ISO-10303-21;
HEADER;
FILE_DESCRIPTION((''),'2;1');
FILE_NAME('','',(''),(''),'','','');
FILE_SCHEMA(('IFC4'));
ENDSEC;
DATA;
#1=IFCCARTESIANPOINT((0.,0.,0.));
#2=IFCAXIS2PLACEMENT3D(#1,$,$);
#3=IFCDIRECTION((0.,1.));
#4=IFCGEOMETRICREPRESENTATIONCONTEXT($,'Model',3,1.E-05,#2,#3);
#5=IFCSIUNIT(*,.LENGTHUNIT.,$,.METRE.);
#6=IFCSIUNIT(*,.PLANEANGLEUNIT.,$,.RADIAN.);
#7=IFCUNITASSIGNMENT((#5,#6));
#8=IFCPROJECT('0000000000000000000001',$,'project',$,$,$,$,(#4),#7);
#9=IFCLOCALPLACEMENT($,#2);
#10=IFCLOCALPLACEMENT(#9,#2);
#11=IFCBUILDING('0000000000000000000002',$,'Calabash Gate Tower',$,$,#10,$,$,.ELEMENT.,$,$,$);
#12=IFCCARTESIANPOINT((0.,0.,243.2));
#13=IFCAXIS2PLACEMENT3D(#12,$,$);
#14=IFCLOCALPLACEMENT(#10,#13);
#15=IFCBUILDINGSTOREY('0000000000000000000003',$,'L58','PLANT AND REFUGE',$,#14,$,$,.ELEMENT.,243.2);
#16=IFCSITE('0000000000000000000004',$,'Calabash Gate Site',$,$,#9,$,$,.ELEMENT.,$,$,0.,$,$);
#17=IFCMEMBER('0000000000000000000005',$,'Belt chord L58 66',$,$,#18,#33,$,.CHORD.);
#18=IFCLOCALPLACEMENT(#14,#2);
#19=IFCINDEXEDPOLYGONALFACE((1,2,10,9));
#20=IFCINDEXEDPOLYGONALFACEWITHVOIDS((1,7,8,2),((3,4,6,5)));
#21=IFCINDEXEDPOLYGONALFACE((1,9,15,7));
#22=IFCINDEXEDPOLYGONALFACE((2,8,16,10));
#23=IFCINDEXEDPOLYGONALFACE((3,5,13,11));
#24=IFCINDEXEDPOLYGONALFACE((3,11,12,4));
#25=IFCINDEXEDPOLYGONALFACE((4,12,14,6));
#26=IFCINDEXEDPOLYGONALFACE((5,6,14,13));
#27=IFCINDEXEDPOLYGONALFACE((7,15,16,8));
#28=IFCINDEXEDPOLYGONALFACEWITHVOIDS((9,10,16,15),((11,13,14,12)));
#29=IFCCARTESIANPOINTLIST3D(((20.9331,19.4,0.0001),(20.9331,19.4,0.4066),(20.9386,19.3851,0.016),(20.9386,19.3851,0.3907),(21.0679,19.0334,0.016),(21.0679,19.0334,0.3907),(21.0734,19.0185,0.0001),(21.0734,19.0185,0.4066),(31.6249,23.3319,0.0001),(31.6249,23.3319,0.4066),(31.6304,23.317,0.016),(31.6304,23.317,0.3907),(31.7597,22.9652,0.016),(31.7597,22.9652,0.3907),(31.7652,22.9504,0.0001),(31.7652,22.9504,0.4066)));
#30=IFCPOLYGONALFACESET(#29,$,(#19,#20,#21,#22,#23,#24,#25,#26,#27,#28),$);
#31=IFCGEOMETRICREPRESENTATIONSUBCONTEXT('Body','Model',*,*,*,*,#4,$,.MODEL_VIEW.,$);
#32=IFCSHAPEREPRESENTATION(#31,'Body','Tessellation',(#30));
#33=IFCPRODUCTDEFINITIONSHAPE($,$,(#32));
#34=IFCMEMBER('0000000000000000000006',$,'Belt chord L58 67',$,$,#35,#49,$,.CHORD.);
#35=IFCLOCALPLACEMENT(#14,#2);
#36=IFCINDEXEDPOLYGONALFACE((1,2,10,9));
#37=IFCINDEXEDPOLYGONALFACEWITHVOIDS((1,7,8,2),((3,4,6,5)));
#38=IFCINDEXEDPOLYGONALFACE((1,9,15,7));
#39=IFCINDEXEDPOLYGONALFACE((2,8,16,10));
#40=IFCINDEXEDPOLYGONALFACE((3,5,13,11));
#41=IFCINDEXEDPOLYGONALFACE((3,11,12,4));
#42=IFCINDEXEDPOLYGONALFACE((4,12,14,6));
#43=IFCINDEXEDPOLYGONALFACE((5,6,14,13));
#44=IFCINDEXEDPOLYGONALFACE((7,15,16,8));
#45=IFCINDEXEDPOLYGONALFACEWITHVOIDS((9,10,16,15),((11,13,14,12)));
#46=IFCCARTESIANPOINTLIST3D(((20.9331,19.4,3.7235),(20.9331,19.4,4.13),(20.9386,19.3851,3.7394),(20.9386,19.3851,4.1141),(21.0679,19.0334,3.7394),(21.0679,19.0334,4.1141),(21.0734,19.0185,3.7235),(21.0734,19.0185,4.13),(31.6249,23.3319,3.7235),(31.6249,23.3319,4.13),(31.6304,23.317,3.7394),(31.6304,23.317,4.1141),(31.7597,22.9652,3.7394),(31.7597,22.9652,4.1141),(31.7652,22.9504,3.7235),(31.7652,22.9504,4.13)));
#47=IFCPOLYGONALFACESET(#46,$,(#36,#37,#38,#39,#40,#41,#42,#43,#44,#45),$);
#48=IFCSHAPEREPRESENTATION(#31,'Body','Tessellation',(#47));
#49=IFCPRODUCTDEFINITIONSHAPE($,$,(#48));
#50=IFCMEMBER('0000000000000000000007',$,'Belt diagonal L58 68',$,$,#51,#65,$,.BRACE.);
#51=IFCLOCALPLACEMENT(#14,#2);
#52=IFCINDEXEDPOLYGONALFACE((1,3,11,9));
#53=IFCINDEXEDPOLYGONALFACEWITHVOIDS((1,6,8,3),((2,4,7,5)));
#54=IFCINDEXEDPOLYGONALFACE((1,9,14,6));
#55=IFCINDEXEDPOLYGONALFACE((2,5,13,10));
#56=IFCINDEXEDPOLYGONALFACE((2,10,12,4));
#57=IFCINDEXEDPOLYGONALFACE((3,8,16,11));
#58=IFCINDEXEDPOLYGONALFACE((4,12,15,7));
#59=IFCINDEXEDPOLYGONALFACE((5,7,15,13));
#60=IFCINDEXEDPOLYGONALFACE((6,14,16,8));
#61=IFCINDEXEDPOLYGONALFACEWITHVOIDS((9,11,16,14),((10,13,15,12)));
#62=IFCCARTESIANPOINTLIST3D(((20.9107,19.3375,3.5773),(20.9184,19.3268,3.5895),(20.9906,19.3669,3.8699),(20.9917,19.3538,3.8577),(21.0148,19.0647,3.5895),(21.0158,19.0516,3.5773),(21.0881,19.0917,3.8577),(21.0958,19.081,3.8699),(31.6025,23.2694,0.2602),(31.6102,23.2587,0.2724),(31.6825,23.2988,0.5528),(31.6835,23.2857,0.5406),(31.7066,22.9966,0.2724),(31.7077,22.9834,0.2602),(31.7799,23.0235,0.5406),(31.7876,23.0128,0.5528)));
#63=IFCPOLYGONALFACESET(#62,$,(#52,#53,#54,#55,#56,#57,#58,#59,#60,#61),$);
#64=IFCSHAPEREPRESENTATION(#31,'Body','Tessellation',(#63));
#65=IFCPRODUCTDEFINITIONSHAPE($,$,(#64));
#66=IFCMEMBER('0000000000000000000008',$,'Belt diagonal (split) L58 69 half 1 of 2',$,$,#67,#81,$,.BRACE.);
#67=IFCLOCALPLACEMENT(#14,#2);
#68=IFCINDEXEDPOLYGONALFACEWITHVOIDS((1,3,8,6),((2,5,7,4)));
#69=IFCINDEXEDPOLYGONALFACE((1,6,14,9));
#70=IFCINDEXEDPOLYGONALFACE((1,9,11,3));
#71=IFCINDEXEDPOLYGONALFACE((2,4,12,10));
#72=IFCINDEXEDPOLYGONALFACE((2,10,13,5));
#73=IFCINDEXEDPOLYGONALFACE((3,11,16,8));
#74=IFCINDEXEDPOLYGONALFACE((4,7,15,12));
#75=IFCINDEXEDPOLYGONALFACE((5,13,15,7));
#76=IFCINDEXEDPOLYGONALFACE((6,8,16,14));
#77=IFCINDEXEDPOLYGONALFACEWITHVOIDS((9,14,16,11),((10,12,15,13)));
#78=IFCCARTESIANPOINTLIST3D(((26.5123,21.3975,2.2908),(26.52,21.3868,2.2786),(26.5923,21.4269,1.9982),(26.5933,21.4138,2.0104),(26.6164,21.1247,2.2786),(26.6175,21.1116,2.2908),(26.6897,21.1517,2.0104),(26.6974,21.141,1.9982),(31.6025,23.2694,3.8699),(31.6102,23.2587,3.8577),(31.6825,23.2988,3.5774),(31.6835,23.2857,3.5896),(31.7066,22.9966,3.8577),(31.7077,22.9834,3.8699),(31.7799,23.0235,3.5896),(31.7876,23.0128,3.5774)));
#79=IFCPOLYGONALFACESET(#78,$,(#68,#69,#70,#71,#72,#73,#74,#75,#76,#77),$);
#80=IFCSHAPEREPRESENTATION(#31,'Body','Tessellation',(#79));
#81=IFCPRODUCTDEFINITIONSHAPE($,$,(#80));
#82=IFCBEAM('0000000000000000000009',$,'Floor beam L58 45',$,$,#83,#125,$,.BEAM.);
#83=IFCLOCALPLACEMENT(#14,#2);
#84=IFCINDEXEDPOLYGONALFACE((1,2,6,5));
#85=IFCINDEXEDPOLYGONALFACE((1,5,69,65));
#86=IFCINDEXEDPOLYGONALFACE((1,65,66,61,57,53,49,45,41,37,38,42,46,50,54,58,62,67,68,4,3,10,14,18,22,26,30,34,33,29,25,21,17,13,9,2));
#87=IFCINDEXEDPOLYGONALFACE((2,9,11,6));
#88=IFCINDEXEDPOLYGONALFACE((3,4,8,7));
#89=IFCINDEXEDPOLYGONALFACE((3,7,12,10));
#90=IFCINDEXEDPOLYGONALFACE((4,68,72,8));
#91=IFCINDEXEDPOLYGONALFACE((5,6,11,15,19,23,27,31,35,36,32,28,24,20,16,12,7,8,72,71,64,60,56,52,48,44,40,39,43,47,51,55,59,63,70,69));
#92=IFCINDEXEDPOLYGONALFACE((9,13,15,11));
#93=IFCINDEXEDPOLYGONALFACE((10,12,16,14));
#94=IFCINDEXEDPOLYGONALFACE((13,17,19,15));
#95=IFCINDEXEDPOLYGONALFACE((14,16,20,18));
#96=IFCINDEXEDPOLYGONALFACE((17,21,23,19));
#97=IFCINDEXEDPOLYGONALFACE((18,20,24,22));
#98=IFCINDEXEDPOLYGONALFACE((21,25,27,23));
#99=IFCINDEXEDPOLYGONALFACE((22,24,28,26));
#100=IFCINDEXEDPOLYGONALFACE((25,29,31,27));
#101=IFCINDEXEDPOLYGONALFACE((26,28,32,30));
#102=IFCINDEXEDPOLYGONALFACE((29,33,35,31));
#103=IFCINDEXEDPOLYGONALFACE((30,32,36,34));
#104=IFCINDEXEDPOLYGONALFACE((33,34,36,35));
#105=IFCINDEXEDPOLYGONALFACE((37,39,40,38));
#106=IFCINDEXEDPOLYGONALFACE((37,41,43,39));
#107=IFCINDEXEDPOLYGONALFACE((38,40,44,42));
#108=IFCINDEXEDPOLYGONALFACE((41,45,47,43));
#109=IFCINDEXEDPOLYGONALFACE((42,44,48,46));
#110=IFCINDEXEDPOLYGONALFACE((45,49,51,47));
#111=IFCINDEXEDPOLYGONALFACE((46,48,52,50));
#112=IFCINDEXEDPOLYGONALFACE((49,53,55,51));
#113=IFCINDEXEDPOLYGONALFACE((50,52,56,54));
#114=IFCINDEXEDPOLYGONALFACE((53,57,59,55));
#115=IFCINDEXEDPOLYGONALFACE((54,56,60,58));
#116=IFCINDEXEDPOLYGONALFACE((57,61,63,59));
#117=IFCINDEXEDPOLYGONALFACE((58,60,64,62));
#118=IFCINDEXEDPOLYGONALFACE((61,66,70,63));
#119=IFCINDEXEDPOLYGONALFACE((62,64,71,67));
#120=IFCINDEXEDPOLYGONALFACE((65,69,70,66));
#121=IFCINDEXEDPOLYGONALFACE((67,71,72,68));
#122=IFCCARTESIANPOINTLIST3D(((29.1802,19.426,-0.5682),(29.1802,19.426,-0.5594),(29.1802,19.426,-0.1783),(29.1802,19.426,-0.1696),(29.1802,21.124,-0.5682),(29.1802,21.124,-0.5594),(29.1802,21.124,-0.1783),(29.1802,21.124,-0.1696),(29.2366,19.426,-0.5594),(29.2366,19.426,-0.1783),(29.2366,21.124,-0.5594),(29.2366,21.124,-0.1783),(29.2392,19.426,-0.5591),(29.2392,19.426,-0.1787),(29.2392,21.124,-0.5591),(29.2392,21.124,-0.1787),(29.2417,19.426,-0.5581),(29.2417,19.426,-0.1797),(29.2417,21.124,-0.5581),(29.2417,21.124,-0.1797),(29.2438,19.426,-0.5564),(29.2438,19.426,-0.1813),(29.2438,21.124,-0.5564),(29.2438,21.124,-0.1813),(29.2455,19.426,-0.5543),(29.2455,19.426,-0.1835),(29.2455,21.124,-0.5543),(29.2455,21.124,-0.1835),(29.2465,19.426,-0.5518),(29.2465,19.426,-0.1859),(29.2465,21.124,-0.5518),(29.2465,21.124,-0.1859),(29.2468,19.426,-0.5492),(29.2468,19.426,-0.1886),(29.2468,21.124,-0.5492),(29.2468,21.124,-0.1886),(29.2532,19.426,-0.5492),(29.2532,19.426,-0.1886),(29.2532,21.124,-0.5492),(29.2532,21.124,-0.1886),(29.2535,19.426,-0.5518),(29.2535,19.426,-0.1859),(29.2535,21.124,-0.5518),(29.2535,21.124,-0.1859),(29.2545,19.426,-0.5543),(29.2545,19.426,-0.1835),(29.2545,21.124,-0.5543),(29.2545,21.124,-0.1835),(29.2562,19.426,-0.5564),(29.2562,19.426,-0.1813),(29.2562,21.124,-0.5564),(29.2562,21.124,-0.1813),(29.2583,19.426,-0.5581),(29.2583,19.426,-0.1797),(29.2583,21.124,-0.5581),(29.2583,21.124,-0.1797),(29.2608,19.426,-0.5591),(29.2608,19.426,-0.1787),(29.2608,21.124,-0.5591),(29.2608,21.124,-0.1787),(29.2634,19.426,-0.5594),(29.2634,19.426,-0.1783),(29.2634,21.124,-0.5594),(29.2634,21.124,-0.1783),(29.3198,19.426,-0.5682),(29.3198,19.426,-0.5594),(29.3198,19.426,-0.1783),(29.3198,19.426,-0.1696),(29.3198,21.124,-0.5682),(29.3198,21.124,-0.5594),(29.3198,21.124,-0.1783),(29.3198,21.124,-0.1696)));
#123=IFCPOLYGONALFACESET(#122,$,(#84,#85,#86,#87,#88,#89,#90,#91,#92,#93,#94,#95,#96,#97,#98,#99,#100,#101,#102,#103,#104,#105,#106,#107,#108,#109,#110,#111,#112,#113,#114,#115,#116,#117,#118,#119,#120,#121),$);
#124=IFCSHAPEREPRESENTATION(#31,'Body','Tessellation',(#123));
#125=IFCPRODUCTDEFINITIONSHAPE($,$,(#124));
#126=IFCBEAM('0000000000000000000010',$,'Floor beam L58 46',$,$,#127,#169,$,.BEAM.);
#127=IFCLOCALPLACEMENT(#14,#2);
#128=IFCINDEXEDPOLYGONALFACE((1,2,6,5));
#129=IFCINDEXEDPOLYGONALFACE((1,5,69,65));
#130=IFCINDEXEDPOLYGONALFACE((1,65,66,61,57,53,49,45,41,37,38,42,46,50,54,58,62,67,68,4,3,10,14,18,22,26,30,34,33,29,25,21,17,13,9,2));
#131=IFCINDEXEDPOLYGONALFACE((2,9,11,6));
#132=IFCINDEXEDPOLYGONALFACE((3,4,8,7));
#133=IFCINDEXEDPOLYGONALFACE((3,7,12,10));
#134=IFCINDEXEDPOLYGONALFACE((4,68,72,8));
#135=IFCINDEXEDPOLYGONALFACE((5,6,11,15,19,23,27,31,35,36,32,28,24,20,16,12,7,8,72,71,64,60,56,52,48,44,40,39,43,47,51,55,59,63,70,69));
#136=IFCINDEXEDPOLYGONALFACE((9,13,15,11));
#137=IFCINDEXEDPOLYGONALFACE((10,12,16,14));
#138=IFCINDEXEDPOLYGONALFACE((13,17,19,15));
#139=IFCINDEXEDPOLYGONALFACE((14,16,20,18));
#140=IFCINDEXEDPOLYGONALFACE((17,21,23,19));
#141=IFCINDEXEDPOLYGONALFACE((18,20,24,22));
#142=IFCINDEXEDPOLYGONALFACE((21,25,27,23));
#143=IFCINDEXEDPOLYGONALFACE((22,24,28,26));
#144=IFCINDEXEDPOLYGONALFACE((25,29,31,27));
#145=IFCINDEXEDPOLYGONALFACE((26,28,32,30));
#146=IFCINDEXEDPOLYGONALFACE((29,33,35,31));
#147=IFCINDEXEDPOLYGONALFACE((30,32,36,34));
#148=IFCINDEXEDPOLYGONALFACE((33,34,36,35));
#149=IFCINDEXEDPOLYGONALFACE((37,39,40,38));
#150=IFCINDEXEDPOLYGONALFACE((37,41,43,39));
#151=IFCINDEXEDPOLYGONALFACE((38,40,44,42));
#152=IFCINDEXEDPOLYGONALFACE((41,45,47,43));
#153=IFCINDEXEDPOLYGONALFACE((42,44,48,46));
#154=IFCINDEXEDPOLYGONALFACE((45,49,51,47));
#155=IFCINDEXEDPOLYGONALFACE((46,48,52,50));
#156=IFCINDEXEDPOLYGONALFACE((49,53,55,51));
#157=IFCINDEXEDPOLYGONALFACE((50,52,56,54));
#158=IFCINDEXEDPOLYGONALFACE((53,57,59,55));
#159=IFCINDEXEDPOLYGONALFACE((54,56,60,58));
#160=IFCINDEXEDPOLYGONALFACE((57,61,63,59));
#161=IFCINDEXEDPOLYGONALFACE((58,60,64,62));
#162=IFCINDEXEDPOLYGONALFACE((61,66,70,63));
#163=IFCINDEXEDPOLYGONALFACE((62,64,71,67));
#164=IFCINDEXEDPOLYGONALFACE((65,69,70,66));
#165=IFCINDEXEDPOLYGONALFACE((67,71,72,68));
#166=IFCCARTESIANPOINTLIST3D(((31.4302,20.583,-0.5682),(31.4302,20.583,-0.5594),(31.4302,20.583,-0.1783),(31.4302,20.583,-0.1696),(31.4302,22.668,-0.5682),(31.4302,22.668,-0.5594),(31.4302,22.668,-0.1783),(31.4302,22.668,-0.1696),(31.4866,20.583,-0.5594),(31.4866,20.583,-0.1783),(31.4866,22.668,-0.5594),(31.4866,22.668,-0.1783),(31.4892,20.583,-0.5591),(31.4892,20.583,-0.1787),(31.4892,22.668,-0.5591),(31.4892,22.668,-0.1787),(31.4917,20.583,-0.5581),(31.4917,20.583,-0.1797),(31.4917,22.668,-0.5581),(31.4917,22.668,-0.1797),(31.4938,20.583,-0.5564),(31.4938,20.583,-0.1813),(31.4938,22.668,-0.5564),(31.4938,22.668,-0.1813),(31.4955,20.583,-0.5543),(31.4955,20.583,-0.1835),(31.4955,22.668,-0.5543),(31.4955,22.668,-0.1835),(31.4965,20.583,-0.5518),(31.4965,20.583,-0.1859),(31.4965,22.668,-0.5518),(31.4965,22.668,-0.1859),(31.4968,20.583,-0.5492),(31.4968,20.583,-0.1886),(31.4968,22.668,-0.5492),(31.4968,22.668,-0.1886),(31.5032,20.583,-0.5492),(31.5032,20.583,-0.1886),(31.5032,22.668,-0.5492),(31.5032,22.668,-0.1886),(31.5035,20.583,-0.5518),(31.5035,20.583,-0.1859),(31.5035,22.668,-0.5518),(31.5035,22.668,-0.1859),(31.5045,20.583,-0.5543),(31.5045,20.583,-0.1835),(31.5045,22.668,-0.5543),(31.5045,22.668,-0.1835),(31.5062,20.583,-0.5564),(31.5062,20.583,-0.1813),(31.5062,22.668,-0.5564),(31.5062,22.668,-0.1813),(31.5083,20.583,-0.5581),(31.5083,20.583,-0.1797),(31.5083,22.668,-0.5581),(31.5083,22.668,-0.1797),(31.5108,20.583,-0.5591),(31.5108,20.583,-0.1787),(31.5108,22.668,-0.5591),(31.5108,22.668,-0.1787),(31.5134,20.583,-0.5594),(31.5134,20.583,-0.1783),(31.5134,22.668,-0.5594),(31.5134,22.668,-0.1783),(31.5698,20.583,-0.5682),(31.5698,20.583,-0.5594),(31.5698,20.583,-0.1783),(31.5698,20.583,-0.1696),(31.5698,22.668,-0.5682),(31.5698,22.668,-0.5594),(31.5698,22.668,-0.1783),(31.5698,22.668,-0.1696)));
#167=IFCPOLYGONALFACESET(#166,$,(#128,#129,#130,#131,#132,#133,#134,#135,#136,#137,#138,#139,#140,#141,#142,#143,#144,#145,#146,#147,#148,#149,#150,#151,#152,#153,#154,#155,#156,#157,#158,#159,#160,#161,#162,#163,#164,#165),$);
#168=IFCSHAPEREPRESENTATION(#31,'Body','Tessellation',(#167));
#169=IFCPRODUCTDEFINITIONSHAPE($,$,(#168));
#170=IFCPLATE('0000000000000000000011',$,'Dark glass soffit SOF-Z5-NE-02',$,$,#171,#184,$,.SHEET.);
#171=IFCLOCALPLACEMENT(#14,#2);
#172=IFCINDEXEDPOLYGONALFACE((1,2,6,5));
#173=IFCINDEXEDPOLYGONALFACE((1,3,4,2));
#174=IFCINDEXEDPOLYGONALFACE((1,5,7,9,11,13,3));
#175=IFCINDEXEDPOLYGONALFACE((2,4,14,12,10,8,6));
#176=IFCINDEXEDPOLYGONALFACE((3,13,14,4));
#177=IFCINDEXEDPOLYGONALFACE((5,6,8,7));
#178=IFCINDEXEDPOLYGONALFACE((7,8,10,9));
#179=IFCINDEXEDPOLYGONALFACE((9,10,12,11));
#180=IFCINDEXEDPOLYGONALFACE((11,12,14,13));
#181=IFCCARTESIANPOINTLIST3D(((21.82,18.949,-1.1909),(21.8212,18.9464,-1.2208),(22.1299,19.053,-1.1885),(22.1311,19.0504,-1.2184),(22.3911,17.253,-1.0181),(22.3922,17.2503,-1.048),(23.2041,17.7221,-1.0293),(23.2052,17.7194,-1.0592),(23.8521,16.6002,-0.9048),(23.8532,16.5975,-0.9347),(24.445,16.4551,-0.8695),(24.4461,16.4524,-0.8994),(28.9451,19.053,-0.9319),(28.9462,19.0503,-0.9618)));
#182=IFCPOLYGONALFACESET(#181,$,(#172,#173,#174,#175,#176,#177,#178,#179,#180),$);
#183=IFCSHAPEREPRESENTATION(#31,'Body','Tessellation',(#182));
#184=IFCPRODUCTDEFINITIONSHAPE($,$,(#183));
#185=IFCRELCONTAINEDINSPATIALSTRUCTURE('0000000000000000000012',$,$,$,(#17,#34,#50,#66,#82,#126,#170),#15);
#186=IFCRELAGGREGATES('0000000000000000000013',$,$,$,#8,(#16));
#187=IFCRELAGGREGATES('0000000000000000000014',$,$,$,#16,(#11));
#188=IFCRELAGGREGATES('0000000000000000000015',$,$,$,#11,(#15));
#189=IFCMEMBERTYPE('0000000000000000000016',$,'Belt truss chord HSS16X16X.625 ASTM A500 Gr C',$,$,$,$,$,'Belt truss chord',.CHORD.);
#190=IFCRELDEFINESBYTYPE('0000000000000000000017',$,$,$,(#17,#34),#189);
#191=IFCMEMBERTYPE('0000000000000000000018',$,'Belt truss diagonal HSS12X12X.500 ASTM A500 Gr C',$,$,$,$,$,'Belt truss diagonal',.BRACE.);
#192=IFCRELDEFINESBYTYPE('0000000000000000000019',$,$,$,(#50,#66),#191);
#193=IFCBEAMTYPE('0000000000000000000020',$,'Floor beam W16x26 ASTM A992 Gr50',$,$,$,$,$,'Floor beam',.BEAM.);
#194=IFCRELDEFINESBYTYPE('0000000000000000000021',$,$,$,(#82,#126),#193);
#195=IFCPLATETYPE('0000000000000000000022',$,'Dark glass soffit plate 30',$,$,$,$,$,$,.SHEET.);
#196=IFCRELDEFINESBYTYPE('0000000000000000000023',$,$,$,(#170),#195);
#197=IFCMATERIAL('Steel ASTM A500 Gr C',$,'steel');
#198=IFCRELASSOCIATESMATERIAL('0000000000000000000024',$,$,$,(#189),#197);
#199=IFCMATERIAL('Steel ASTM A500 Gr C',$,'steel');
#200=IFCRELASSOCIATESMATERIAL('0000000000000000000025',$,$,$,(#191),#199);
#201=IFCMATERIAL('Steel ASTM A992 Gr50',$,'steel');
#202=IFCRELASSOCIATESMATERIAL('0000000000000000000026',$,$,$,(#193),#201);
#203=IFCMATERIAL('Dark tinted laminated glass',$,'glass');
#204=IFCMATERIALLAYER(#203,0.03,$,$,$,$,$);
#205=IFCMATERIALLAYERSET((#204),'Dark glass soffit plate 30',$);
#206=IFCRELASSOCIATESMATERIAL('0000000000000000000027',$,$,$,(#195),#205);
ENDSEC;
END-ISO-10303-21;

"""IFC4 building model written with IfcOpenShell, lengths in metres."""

from ifc_helpers import new_model, si_unit, direction, frame, origin, origin_2d, place, context, subcontext, project, spatial, polyline, hollow_rectangle, i_section, outline, extrude, material, layer, layer_set, material_profile, profile_set, type_object, element, save


model = new_model("IFC4")

# Units and contexts
model_context = context("Model", 3, precision=1e-05, world=origin(), true_north=direction((0.0, 1.0)))
body_context = subcontext(model_context, "Body", "Model", "MODEL_VIEW")
ifc_project = project(units=[si_unit("LENGTHUNIT", "METRE"), si_unit("PLANEANGLEUNIT", "RADIAN")], contexts=[model_context])

# Site, building, storey
site_placement = place(None, origin())
site = spatial("IfcSite", under=ifc_project, at=site_placement, Name="Calabash Gate Site", CompositionType="ELEMENT", RefElevation=0.0)
building_placement = place(site_placement, origin())
building = spatial("IfcBuilding", under=site, at=building_placement, Name="Calabash Gate Tower", CompositionType="ELEMENT")
storey_placement = place(building_placement, frame((0.0, 0.0, 243.2)))
storey = spatial("IfcBuildingStorey", under=building, at=storey_placement, Name="L58", Description="PLANT AND REFUGE", CompositionType="ELEMENT", Elevation=243.2)

# Members
ifc_material_1 = material(Name="Steel ASTM A500 Gr C", Category="steel")
ifc_material_profile_1 = material_profile(ifc_material_1, hollow_rectangle(XDim=0.4065, YDim=0.4065, WallThickness=0.0159, at=origin_2d()))
ifc_profile_set_1 = profile_set([ifc_material_profile_1], Name="Steel ASTM A500 Gr C")
member_type_1 = type_object("IfcMemberType", Name="Belt truss chord HSS16X16X.625 ASTM A500 Gr C", ElementType="Belt truss chord", PredefinedType="CHORD", material=ifc_profile_set_1)
for number, where, z_axis, x_axis, name in (
    (1, (31.6951, 23.1411, 0.2034), (-0.938549, -0.345146, 0.0), (0.345146, -0.938549, 0.0), "Belt chord L58 66"),
    (2, (31.6951, 23.1411, 3.9268), (-0.938549, -0.345146, 0.0), (0.345146, -0.938549, 0.0), "Belt chord L58 67"),
):
    element("IfcMember", number, at=place(storey_placement, frame(where, z_axis=z_axis, x_axis=x_axis)), inside=storey, type_object=member_type_1, Name=name, PredefinedType="CHORD", context=body_context, shape_type="SweptSolid", body=[
        extrude(hollow_rectangle(XDim=0.4065, YDim=0.4065, WallThickness=0.0159, at=origin_2d()), origin(), (0.0, 0.0, 1.0), 11.3918),
    ])
ifc_material_2 = material(Name="Steel ASTM A500 Gr C", Category="steel")
ifc_material_profile_2 = material_profile(ifc_material_2, hollow_rectangle(XDim=0.3047, YDim=0.3047, WallThickness=0.0127, at=origin_2d()))
ifc_profile_set_2 = profile_set([ifc_material_profile_2], Name="Steel ASTM A500 Gr C")
member_type_2 = type_object("IfcMemberType", Name="Belt truss diagonal HSS12X12X.500 ASTM A500 Gr C", ElementType="Belt truss diagonal", PredefinedType="BRACE", material=ifc_profile_set_2)
member_1_placement = place(storey_placement, frame((31.6951, 23.1411, 0.4065), z_axis=(-0.901124, -0.331383, 0.279572), x_axis=(0.345146, -0.938549, 0.0)))
element("IfcMember", 3, at=member_1_placement, inside=storey, type_object=member_type_2, Name="Belt diagonal L58 68", PredefinedType="BRACE", context=body_context, shape_type="SweptSolid", body=[
    extrude(hollow_rectangle(XDim=0.3047, YDim=0.3047, WallThickness=0.0127, at=origin_2d()), origin(), (0.0, 0.0, 1.0), 11.865),
])
member_2_placement = place(storey_placement, frame((31.6951, 23.1411, 3.7236), z_axis=(-0.901129, -0.331381, -0.279558), x_axis=(0.345142, -0.93855, 0.0)))
element("IfcMember", 4, at=member_2_placement, inside=storey, type_object=member_type_2, Name="Belt diagonal (split) L58 69 half 1 of 2", PredefinedType="BRACE", context=body_context, shape_type="SweptSolid", body=[
    extrude(hollow_rectangle(XDim=0.3047, YDim=0.3047, WallThickness=0.0127, at=origin_2d()), origin(), (0.0, 0.0, 1.0), 5.6487),
])

# Beams
ifc_material_3 = material(Name="Steel ASTM A992 Gr50", Category="steel")
ifc_material_profile_3 = material_profile(ifc_material_3, i_section(OverallWidth=0.1396, OverallDepth=0.3987, WebThickness=0.0063, FlangeThickness=0.0088, FilletRadius=0.0103, at=origin_2d()))
ifc_profile_set_3 = profile_set([ifc_material_profile_3], Name="Steel ASTM A992 Gr50")
beam_type = type_object("IfcBeamType", Name="Floor beam W16x26 ASTM A992 Gr50", ElementType="Floor beam", PredefinedType="BEAM", material=ifc_profile_set_3)
beam_1_placement = place(storey_placement, frame((29.25, 19.426, -0.3689), z_axis=(0.0, 1.0, 0.0), x_axis=(-1.0, 0.0, 0.0)))
element("IfcBeam", 5, at=beam_1_placement, inside=storey, type_object=beam_type, Name="Floor beam L58 45", PredefinedType="BEAM", context=body_context, shape_type="SweptSolid", body=[
    extrude(i_section(OverallWidth=0.1396, OverallDepth=0.3987, WebThickness=0.0063, FlangeThickness=0.0088, FilletRadius=0.0103, at=origin_2d()), origin(), (0.0, 0.0, 1.0), 1.698),
])
beam_2_placement = place(storey_placement, frame((31.5, 20.583, -0.3689), z_axis=(0.0, 1.0, 0.0), x_axis=(-1.0, 0.0, 0.0)))
element("IfcBeam", 6, at=beam_2_placement, inside=storey, type_object=beam_type, Name="Floor beam L58 46", PredefinedType="BEAM", context=body_context, shape_type="SweptSolid", body=[
    extrude(i_section(OverallWidth=0.1396, OverallDepth=0.3987, WebThickness=0.0063, FlangeThickness=0.0088, FilletRadius=0.0103, at=origin_2d()), origin(), (0.0, 0.0, 1.0), 2.085),
])

# Plate
ifc_material_4 = material(Name="Dark tinted laminated glass", Category="glass")
ifc_layer_1 = layer(ifc_material_4, 0.03)
ifc_layer_set_1 = layer_set([ifc_layer_1], Name="Dark glass soffit plate 30")
plate_type = type_object("IfcPlateType", Name="Dark glass soffit plate 30", PredefinedType="SHEET", material=ifc_layer_set_1)
plate_1_placement = place(storey_placement, frame((28.9451, 19.053, -0.9319), z_axis=(-0.037481, 0.088817, 0.995343), x_axis=(-0.865981, -0.499933, 0.012001)))
element("IfcPlate", 7, at=plate_1_placement, inside=storey, type_object=plate_type, Name="Dark glass soffit SOF-Z5-NE-02", PredefinedType="SHEET", context=body_context, shape_type="SweptSolid", body=[
    extrude(outline(polyline([(0.0, 0.0), (5.1965, 0.0), (5.637, -0.4241), (5.6357, -1.7256), (6.5745, -1.7258), (6.219, -3.4883), (5.8987, -3.4231), (0.0, 0.0)])), origin(), (0.0, 0.0, -1.0), 0.03),
])

save(model, "model.ifc")
